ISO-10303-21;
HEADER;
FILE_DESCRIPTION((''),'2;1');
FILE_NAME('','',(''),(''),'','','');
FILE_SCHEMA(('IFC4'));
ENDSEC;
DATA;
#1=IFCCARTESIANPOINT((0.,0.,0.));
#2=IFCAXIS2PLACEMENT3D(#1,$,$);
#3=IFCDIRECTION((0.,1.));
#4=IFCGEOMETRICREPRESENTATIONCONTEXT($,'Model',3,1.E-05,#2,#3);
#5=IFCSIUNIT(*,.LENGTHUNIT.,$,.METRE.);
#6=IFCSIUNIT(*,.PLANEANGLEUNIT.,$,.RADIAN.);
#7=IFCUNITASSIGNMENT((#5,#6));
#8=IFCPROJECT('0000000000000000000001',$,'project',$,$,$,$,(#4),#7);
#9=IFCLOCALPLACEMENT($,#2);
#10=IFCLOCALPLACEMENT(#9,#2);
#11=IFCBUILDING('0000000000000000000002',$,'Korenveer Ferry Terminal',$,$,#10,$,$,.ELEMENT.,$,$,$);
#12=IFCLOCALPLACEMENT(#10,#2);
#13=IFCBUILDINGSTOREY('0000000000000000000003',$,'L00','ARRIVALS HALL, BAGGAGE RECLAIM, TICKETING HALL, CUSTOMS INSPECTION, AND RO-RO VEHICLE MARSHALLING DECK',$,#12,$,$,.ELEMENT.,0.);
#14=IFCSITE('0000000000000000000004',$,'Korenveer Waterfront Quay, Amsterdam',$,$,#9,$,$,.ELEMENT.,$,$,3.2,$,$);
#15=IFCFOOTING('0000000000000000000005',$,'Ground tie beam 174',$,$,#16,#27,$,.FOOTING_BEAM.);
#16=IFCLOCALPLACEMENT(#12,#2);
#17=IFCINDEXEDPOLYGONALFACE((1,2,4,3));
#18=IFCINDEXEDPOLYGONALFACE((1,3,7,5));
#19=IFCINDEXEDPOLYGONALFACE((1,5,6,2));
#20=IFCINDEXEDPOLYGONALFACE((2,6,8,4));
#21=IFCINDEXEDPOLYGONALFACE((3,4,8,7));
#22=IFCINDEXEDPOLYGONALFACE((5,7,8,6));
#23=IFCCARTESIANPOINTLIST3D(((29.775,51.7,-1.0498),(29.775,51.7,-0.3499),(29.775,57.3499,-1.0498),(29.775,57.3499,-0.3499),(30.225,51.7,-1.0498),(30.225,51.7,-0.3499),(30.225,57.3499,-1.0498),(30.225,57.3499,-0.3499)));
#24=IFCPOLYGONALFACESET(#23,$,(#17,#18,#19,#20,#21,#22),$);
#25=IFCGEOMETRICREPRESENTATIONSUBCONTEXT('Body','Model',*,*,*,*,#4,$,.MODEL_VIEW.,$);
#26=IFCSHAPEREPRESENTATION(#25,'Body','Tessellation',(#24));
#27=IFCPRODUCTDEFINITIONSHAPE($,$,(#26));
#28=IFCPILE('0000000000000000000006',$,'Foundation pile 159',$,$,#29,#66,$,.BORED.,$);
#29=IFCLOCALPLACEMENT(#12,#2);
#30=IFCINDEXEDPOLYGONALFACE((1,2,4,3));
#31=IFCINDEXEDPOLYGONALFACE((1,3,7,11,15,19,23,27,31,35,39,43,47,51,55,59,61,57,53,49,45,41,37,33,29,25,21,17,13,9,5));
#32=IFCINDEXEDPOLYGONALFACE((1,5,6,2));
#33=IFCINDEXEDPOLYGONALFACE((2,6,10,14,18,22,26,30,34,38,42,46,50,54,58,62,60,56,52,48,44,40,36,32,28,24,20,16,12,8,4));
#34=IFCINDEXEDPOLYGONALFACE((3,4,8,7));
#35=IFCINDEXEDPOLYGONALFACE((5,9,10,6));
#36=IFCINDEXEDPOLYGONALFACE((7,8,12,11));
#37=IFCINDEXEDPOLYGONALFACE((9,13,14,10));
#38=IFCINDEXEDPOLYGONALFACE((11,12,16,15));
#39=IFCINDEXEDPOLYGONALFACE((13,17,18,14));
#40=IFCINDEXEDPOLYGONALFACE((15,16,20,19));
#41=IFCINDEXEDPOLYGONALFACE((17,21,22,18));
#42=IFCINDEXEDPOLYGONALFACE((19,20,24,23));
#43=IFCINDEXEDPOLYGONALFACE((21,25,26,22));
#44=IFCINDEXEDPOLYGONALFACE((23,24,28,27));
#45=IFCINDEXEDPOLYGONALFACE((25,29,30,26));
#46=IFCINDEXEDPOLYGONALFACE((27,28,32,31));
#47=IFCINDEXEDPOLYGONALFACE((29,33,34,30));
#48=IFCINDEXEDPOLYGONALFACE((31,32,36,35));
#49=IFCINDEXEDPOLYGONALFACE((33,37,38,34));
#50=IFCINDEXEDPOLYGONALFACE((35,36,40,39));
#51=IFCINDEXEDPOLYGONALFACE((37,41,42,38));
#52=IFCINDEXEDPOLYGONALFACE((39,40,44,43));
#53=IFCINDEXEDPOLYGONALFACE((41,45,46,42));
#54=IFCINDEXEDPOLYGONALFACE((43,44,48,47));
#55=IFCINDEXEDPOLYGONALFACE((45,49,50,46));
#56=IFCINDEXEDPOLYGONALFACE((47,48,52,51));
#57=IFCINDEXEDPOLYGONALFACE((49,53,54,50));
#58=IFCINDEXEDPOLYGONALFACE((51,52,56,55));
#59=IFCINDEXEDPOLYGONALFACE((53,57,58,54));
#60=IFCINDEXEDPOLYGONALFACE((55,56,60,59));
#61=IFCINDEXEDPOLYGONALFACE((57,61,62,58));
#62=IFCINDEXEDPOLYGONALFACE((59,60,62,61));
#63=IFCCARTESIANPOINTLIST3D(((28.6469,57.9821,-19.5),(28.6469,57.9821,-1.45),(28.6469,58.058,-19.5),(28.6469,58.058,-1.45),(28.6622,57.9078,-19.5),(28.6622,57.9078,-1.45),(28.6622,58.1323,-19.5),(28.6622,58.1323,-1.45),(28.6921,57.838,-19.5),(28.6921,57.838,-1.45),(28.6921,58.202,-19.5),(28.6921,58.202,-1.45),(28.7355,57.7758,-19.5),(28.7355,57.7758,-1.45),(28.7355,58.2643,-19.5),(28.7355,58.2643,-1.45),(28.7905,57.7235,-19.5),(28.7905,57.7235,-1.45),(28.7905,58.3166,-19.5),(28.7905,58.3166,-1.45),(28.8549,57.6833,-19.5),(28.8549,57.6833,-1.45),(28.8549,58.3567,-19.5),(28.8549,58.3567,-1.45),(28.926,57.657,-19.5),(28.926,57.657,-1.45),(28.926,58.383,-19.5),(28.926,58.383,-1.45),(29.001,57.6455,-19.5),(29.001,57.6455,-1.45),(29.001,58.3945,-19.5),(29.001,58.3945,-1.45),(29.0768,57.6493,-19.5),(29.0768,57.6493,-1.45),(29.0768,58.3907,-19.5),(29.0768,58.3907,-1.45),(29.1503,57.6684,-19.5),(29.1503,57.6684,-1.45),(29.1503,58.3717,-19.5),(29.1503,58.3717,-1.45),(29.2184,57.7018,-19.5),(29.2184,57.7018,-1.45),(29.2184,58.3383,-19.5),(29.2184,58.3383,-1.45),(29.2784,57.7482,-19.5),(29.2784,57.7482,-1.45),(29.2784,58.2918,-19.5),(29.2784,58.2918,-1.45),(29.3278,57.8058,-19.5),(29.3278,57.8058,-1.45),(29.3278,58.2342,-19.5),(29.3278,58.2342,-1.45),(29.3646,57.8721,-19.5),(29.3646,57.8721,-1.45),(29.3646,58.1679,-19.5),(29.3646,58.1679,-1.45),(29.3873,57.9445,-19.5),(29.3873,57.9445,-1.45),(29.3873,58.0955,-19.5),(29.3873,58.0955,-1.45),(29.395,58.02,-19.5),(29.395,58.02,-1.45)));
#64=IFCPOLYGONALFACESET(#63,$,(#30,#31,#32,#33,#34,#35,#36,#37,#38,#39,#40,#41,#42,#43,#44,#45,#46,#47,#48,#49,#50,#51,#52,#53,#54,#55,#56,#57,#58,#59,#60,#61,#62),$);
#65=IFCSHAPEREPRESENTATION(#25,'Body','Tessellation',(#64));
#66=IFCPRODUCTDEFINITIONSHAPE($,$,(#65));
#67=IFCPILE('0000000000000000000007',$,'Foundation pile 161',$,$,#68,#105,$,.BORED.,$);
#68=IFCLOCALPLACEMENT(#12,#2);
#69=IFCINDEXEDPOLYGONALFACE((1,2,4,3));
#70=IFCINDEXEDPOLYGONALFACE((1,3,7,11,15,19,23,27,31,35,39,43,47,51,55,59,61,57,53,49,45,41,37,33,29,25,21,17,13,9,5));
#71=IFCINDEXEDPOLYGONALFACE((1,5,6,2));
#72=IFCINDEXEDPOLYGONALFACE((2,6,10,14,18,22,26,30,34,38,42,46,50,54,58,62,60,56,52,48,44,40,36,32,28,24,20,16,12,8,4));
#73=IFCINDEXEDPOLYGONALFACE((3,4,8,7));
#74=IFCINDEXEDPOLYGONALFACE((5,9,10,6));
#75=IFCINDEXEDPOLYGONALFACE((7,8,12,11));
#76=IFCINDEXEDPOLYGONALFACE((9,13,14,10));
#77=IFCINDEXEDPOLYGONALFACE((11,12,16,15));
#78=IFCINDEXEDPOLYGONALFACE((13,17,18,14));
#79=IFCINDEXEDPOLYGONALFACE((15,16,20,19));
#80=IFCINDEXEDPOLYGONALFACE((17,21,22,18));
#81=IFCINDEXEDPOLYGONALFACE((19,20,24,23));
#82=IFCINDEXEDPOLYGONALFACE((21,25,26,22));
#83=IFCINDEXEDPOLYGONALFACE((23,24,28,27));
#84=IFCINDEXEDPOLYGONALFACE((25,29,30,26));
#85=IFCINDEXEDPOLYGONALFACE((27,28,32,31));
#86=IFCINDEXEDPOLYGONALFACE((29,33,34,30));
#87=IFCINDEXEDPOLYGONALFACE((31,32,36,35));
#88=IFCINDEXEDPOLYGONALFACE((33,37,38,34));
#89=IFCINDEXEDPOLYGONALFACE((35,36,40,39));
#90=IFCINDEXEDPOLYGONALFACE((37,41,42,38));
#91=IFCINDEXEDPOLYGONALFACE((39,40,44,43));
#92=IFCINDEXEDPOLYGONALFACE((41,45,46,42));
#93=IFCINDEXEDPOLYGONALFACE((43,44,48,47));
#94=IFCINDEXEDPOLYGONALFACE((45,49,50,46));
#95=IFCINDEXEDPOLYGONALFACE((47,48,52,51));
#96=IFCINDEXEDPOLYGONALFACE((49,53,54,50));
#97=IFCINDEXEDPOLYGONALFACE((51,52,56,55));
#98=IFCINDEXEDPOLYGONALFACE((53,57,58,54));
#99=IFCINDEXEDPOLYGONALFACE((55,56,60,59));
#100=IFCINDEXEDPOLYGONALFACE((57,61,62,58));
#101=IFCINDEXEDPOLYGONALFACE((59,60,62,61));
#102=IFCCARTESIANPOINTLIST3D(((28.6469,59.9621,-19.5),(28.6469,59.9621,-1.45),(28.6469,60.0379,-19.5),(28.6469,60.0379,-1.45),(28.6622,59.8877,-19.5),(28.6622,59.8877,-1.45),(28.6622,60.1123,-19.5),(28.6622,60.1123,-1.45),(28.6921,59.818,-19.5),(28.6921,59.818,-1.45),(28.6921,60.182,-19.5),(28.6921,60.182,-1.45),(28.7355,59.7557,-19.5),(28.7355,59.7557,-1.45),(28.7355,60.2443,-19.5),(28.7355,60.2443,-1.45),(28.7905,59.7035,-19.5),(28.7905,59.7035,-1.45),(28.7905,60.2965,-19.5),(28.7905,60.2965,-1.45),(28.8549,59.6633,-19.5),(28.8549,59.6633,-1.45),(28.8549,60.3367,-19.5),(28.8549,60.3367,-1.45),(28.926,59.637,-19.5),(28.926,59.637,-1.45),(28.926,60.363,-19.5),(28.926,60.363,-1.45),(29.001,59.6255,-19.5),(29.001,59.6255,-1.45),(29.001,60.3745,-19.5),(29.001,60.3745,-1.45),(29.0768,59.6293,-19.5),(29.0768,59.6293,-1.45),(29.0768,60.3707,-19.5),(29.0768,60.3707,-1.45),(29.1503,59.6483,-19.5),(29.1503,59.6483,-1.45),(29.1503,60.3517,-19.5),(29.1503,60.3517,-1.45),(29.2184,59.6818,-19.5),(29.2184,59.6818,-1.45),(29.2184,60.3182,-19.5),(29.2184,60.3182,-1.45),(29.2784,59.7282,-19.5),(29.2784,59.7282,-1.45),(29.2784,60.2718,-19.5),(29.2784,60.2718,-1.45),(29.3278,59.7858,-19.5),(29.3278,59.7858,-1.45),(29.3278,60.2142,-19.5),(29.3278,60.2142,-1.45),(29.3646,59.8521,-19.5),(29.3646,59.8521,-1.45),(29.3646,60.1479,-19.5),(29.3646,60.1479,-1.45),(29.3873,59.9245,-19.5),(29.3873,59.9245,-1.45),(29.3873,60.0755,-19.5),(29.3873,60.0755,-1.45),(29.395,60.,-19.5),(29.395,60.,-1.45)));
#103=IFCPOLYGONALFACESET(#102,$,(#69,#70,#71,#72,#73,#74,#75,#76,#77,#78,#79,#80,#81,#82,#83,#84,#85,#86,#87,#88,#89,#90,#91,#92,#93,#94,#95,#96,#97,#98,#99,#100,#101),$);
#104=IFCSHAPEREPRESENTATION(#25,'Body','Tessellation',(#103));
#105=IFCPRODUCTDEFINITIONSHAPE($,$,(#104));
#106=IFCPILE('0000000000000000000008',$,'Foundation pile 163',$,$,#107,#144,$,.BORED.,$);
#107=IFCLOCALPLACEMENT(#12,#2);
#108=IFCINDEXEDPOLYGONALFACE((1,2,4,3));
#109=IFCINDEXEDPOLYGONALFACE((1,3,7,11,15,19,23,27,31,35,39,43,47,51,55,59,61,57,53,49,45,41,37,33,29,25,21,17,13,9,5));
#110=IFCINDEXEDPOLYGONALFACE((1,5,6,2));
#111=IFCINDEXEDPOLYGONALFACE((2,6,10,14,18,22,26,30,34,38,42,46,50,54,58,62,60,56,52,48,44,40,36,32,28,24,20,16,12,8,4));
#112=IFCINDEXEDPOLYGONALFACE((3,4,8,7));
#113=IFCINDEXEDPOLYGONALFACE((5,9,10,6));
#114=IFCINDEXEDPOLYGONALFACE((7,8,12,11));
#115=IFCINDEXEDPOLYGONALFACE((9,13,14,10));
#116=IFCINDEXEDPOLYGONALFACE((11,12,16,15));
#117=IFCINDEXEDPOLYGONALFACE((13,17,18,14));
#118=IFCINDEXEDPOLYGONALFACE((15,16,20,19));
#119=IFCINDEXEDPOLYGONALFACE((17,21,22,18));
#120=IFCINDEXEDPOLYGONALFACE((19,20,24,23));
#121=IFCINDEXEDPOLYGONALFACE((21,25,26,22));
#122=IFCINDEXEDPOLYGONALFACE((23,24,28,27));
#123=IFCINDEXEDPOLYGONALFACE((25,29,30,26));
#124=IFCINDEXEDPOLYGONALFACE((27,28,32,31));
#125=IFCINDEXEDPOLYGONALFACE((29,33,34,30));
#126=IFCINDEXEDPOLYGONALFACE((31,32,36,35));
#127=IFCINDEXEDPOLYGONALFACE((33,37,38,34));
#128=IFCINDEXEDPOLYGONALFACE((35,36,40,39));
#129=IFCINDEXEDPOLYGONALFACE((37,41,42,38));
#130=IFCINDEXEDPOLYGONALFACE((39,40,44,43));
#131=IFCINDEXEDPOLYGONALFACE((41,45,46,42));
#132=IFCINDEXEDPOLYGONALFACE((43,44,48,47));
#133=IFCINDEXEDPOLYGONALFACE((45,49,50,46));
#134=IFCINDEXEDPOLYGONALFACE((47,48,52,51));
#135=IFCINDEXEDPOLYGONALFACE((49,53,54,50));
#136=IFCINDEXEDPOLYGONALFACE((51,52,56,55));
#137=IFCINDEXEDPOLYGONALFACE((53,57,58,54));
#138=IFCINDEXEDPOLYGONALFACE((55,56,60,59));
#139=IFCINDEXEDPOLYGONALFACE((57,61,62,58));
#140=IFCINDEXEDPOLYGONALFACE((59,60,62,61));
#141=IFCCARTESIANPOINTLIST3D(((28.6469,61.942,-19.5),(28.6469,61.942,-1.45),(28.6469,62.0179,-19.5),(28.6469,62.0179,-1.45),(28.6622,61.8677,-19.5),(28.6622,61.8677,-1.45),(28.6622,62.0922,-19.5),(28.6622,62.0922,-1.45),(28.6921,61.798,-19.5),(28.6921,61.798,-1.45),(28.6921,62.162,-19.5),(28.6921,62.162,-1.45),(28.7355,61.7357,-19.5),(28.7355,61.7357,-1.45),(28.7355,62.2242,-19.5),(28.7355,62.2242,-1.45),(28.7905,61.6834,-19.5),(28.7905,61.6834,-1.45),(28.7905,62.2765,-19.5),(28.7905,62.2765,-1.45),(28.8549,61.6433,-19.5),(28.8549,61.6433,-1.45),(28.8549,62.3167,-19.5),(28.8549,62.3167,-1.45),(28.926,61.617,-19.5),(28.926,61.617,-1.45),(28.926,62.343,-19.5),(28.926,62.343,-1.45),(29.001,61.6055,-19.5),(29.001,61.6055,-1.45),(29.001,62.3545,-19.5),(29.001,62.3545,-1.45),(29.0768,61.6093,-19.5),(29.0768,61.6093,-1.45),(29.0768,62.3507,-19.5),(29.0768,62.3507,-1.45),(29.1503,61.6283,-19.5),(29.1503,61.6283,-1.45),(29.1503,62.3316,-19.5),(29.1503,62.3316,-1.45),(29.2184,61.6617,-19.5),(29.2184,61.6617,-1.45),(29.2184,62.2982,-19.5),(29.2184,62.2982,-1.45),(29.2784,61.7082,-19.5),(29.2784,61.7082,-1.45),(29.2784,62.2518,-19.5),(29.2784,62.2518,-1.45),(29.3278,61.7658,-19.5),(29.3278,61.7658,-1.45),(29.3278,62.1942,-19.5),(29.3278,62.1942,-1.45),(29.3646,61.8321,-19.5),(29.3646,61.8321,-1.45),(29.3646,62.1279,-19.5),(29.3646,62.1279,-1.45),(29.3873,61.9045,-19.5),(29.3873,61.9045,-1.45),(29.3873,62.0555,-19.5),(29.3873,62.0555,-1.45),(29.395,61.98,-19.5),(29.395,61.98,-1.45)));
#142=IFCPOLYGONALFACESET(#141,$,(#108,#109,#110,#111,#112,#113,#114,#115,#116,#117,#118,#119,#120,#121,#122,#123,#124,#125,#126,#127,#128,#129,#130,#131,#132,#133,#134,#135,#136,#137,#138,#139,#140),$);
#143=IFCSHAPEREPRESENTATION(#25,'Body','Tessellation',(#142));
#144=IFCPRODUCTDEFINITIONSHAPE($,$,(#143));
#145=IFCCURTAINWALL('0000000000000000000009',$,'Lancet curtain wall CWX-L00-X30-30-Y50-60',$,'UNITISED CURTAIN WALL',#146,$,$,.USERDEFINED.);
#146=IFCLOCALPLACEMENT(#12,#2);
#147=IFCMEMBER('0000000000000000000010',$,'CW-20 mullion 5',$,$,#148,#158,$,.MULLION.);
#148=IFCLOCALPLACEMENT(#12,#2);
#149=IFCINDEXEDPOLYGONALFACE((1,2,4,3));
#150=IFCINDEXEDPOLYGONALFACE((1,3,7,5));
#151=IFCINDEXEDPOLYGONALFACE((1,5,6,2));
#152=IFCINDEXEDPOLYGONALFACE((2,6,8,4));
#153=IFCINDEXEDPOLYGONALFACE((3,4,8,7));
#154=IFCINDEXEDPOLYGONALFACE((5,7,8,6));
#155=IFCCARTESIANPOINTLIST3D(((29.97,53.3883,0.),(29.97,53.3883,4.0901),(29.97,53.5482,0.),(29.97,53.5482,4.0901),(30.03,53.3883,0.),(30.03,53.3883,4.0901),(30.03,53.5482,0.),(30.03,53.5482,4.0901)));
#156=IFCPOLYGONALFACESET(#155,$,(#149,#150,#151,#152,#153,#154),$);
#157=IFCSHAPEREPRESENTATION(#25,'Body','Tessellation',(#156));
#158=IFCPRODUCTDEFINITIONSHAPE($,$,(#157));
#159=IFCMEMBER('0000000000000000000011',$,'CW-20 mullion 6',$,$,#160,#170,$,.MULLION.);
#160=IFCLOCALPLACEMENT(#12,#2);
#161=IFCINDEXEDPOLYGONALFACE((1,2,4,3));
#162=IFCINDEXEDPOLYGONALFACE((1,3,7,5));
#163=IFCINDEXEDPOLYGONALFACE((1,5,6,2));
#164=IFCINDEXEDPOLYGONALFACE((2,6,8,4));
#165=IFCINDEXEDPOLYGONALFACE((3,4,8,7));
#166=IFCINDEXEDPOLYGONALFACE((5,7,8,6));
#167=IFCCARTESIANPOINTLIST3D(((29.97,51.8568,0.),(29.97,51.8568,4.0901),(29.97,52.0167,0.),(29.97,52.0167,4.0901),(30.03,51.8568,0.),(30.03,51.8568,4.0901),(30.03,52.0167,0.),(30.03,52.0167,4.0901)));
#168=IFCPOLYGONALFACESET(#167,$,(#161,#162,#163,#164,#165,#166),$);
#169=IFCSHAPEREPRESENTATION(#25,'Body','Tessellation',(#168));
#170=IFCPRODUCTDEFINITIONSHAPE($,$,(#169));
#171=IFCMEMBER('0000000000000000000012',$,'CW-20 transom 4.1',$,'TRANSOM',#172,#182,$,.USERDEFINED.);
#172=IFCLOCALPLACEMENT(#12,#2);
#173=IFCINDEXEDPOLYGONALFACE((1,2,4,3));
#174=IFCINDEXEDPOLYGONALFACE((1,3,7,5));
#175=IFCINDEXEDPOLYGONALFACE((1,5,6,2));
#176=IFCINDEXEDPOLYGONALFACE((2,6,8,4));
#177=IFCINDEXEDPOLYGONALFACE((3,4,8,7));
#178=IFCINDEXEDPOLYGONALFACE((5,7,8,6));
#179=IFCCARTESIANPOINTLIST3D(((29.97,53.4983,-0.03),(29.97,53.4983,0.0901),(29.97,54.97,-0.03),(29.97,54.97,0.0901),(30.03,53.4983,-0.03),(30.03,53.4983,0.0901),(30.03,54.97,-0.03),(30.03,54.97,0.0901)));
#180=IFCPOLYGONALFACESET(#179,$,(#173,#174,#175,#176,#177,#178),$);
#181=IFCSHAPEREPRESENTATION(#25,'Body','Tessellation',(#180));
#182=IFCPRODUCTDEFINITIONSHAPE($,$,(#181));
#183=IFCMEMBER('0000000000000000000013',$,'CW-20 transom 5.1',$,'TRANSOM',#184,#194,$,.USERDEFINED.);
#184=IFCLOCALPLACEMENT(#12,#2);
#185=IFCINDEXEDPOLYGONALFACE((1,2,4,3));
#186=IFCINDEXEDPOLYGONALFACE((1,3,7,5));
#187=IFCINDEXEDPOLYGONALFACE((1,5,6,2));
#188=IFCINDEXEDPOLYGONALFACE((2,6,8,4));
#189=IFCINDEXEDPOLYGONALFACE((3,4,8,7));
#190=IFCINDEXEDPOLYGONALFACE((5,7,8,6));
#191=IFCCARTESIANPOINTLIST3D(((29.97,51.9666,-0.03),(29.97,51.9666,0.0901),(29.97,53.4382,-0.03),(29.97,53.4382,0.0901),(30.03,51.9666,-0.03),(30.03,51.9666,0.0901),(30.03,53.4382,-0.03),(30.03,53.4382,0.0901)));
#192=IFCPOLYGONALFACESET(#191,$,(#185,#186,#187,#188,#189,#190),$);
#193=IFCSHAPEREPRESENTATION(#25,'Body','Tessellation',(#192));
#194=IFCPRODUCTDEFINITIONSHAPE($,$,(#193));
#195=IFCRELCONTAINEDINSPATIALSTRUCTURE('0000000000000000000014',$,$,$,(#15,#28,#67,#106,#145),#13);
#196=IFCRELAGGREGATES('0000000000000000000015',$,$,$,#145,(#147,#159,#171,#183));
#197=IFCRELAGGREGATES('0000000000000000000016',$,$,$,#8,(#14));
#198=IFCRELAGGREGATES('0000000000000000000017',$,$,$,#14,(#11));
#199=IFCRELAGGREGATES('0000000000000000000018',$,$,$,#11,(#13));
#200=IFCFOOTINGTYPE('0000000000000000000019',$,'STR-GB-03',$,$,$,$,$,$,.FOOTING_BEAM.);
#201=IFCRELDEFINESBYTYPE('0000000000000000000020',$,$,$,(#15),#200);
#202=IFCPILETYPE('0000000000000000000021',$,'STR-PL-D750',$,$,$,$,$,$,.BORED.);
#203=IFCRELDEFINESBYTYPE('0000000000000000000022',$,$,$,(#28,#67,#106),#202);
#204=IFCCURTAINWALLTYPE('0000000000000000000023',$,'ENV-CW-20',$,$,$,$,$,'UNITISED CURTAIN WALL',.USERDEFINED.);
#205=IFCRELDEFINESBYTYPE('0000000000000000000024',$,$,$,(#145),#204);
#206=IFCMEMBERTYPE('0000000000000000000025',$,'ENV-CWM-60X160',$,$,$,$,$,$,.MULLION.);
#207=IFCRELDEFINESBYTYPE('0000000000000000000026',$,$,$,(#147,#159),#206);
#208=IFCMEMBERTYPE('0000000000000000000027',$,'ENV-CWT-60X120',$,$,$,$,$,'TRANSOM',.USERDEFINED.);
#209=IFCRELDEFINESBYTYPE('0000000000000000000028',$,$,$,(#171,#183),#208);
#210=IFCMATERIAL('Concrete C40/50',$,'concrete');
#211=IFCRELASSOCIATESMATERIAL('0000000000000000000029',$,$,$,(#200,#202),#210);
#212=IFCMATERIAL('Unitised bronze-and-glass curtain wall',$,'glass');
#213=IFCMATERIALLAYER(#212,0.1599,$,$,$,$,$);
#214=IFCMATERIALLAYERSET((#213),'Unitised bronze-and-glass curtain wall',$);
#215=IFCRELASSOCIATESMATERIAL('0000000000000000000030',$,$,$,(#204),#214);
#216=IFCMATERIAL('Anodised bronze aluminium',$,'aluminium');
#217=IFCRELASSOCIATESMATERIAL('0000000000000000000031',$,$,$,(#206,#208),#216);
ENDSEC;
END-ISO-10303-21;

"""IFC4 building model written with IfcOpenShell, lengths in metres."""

from ifc_helpers import new_model, si_unit, direction, frame, origin, origin_2d, place, context, subcontext, project, spatial, rectangle, circle, extrude, material, layer, layer_set, material_profile, profile_set, type_object, element, aggregate, save


model = new_model("IFC4")

# Units and contexts
model_context = context("Model", 3, precision=1e-05, world=origin(), true_north=direction((0.0, 1.0)))
body_context = subcontext(model_context, "Body", "Model", "MODEL_VIEW")
ifc_project = project(units=[si_unit("LENGTHUNIT", "METRE"), si_unit("PLANEANGLEUNIT", "RADIAN")], contexts=[model_context])

# Site, building, storey
site_placement = place(None, origin())
site = spatial("IfcSite", under=ifc_project, at=site_placement, Name="Korenveer Waterfront Quay, Amsterdam", CompositionType="ELEMENT", RefElevation=3.2)
building_placement = place(site_placement, origin())
building = spatial("IfcBuilding", under=site, at=building_placement, Name="Korenveer Ferry Terminal", CompositionType="ELEMENT")
storey_placement = place(building_placement, origin())
storey = spatial("IfcBuildingStorey", under=building, at=storey_placement, Name="L00", Description="ARRIVALS HALL, BAGGAGE RECLAIM, TICKETING HALL, CUSTOMS INSPECTION, AND RO-RO VEHICLE MARSHALLING DECK", CompositionType="ELEMENT", Elevation=0.0)

# Footing
ifc_material_1 = material(Name="Concrete C40/50", Category="concrete")
footing_type = type_object("IfcFootingType", Name="STR-GB-03", PredefinedType="FOOTING_BEAM", material=ifc_material_1)
footing_placement = place(storey_placement, frame((30.0, 54.5249, -1.0498), z_axis=(0.0, 0.0, 1.0), x_axis=(1.0, 0.0, 0.0)))
element("IfcFooting", 1, at=footing_placement, inside=storey, type_object=footing_type, Name="Ground tie beam 174", PredefinedType="FOOTING_BEAM", context=body_context, shape_type="SweptSolid", body=[
    extrude(rectangle(XDim=0.45, YDim=5.6499, at=origin_2d()), origin(), (0.0, 0.0, 1.0), 0.7),
])

# Piles
ifc_material_profile_1 = material_profile(ifc_material_1, circle(Radius=0.375, at=origin_2d()), Name="PILE D750")
ifc_profile_set_1 = profile_set([ifc_material_profile_1], Name="Concrete C40/50")
pile_type = type_object("IfcPileType", Name="STR-PL-D750", PredefinedType="BORED", material=ifc_profile_set_1)
for number, where, z_axis, x_axis, name in (
    (2, (29.02, 58.02, -1.45), (0.0, 0.0, -1.0), (1.0, 0.0, 0.0), "Foundation pile 159"),
    (3, (29.02, 60.0, -1.45), (0.0, 0.0, -1.0), (1.0, 0.0, 0.0), "Foundation pile 161"),
    (4, (29.02, 61.98, -1.45), (0.0, 0.0, -1.0), (1.0, 0.0, 0.0), "Foundation pile 163"),
):
    element("IfcPile", number, at=place(storey_placement, frame(where, z_axis=z_axis, x_axis=x_axis)), inside=storey, type_object=pile_type, Name=name, PredefinedType="BORED", context=body_context, shape_type="SweptSolid", body=[
        extrude(circle(Radius=0.375, at=origin_2d()), origin(), (0.0, 0.0, 1.0), 18.05),
    ])

# Curtain wall, members
ifc_material_2 = material(Name="Unitised bronze-and-glass curtain wall", Category="glass")
ifc_layer_1 = layer(ifc_material_2, 0.1599)
ifc_layer_set_1 = layer_set([ifc_layer_1], Name="Unitised bronze-and-glass curtain wall")
curtain_wall_type = type_object("IfcCurtainWallType", Name="ENV-CW-20", ElementType="UNITISED CURTAIN WALL", PredefinedType="USERDEFINED", material=ifc_layer_set_1)
curtain_wall_placement = place(storey_placement, frame((30.0, 59.595, 0.0)))
curtain_wall = element("IfcCurtainWall", 5, at=curtain_wall_placement, inside=storey, type_object=curtain_wall_type, Name="Lancet curtain wall CWX-L00-X30-30-Y50-60", ObjectType="UNITISED CURTAIN WALL", PredefinedType="USERDEFINED")
ifc_material_3 = material(Name="Anodised bronze aluminium", Category="aluminium")
ifc_material_profile_2 = material_profile(ifc_material_3, rectangle(XDim=0.0601, YDim=0.1599, at=origin_2d()), Name="ALU 60x160")
ifc_profile_set_2 = profile_set([ifc_material_profile_2], Name="Anodised bronze aluminium")
member_type_1 = type_object("IfcMemberType", Name="ENV-CWM-60X160", PredefinedType="MULLION", material=ifc_profile_set_2)
member_1_placement = place(storey_placement, frame((30.0, 53.4683, 0.0), z_axis=(0.0, 0.0, 1.0), x_axis=(1.0, 0.0, 0.0)))
member_1 = element("IfcMember", 6, at=member_1_placement, type_object=member_type_1, Name="CW-20 mullion 5", PredefinedType="MULLION", context=body_context, shape_type="SweptSolid", body=[
    extrude(rectangle(XDim=0.0601, YDim=0.1599, at=origin_2d()), origin(), (0.0, 0.0, 1.0), 4.0901),
])
member_2_placement = place(storey_placement, frame((30.0, 51.9368, 0.0), z_axis=(0.0, 0.0, 1.0), x_axis=(1.0, 0.0, 0.0)))
member_2 = element("IfcMember", 7, at=member_2_placement, type_object=member_type_1, Name="CW-20 mullion 6", PredefinedType="MULLION", context=body_context, shape_type="SweptSolid", body=[
    extrude(rectangle(XDim=0.0601, YDim=0.1599, at=origin_2d()), origin(), (0.0, 0.0, 1.0), 4.0901),
])
ifc_material_profile_3 = material_profile(ifc_material_3, rectangle(XDim=0.0601, YDim=0.1201, at=origin_2d()), Name="ALU 60x120")
ifc_profile_set_3 = profile_set([ifc_material_profile_3], Name="Anodised bronze aluminium")
member_type_2 = type_object("IfcMemberType", Name="ENV-CWT-60X120", ElementType="TRANSOM", PredefinedType="USERDEFINED", material=ifc_profile_set_3)
member_3_placement = place(storey_placement, frame((30.0, 54.97, 0.03), z_axis=(0.0, -1.0, 0.0), x_axis=(1.0, 0.0, 0.0)))
member_3 = element("IfcMember", 8, at=member_3_placement, type_object=member_type_2, Name="CW-20 transom 4.1", ObjectType="TRANSOM", PredefinedType="USERDEFINED", context=body_context, shape_type="SweptSolid", body=[
    extrude(rectangle(XDim=0.0601, YDim=0.1201, at=origin_2d()), origin(), (0.0, 0.0, 1.0), 1.4717),
])
member_4_placement = place(storey_placement, frame((30.0, 53.4382, 0.03), z_axis=(0.0, -1.0, 0.0), x_axis=(1.0, 0.0, 0.0)))
member_4 = element("IfcMember", 9, at=member_4_placement, type_object=member_type_2, Name="CW-20 transom 5.1", ObjectType="TRANSOM", PredefinedType="USERDEFINED", context=body_context, shape_type="SweptSolid", body=[
    extrude(rectangle(XDim=0.0601, YDim=0.1201, at=origin_2d()), origin(), (0.0, 0.0, 1.0), 1.4717),
])
aggregate(curtain_wall, [member_1, member_2, member_3, member_4])

save(model, "model.ifc")
